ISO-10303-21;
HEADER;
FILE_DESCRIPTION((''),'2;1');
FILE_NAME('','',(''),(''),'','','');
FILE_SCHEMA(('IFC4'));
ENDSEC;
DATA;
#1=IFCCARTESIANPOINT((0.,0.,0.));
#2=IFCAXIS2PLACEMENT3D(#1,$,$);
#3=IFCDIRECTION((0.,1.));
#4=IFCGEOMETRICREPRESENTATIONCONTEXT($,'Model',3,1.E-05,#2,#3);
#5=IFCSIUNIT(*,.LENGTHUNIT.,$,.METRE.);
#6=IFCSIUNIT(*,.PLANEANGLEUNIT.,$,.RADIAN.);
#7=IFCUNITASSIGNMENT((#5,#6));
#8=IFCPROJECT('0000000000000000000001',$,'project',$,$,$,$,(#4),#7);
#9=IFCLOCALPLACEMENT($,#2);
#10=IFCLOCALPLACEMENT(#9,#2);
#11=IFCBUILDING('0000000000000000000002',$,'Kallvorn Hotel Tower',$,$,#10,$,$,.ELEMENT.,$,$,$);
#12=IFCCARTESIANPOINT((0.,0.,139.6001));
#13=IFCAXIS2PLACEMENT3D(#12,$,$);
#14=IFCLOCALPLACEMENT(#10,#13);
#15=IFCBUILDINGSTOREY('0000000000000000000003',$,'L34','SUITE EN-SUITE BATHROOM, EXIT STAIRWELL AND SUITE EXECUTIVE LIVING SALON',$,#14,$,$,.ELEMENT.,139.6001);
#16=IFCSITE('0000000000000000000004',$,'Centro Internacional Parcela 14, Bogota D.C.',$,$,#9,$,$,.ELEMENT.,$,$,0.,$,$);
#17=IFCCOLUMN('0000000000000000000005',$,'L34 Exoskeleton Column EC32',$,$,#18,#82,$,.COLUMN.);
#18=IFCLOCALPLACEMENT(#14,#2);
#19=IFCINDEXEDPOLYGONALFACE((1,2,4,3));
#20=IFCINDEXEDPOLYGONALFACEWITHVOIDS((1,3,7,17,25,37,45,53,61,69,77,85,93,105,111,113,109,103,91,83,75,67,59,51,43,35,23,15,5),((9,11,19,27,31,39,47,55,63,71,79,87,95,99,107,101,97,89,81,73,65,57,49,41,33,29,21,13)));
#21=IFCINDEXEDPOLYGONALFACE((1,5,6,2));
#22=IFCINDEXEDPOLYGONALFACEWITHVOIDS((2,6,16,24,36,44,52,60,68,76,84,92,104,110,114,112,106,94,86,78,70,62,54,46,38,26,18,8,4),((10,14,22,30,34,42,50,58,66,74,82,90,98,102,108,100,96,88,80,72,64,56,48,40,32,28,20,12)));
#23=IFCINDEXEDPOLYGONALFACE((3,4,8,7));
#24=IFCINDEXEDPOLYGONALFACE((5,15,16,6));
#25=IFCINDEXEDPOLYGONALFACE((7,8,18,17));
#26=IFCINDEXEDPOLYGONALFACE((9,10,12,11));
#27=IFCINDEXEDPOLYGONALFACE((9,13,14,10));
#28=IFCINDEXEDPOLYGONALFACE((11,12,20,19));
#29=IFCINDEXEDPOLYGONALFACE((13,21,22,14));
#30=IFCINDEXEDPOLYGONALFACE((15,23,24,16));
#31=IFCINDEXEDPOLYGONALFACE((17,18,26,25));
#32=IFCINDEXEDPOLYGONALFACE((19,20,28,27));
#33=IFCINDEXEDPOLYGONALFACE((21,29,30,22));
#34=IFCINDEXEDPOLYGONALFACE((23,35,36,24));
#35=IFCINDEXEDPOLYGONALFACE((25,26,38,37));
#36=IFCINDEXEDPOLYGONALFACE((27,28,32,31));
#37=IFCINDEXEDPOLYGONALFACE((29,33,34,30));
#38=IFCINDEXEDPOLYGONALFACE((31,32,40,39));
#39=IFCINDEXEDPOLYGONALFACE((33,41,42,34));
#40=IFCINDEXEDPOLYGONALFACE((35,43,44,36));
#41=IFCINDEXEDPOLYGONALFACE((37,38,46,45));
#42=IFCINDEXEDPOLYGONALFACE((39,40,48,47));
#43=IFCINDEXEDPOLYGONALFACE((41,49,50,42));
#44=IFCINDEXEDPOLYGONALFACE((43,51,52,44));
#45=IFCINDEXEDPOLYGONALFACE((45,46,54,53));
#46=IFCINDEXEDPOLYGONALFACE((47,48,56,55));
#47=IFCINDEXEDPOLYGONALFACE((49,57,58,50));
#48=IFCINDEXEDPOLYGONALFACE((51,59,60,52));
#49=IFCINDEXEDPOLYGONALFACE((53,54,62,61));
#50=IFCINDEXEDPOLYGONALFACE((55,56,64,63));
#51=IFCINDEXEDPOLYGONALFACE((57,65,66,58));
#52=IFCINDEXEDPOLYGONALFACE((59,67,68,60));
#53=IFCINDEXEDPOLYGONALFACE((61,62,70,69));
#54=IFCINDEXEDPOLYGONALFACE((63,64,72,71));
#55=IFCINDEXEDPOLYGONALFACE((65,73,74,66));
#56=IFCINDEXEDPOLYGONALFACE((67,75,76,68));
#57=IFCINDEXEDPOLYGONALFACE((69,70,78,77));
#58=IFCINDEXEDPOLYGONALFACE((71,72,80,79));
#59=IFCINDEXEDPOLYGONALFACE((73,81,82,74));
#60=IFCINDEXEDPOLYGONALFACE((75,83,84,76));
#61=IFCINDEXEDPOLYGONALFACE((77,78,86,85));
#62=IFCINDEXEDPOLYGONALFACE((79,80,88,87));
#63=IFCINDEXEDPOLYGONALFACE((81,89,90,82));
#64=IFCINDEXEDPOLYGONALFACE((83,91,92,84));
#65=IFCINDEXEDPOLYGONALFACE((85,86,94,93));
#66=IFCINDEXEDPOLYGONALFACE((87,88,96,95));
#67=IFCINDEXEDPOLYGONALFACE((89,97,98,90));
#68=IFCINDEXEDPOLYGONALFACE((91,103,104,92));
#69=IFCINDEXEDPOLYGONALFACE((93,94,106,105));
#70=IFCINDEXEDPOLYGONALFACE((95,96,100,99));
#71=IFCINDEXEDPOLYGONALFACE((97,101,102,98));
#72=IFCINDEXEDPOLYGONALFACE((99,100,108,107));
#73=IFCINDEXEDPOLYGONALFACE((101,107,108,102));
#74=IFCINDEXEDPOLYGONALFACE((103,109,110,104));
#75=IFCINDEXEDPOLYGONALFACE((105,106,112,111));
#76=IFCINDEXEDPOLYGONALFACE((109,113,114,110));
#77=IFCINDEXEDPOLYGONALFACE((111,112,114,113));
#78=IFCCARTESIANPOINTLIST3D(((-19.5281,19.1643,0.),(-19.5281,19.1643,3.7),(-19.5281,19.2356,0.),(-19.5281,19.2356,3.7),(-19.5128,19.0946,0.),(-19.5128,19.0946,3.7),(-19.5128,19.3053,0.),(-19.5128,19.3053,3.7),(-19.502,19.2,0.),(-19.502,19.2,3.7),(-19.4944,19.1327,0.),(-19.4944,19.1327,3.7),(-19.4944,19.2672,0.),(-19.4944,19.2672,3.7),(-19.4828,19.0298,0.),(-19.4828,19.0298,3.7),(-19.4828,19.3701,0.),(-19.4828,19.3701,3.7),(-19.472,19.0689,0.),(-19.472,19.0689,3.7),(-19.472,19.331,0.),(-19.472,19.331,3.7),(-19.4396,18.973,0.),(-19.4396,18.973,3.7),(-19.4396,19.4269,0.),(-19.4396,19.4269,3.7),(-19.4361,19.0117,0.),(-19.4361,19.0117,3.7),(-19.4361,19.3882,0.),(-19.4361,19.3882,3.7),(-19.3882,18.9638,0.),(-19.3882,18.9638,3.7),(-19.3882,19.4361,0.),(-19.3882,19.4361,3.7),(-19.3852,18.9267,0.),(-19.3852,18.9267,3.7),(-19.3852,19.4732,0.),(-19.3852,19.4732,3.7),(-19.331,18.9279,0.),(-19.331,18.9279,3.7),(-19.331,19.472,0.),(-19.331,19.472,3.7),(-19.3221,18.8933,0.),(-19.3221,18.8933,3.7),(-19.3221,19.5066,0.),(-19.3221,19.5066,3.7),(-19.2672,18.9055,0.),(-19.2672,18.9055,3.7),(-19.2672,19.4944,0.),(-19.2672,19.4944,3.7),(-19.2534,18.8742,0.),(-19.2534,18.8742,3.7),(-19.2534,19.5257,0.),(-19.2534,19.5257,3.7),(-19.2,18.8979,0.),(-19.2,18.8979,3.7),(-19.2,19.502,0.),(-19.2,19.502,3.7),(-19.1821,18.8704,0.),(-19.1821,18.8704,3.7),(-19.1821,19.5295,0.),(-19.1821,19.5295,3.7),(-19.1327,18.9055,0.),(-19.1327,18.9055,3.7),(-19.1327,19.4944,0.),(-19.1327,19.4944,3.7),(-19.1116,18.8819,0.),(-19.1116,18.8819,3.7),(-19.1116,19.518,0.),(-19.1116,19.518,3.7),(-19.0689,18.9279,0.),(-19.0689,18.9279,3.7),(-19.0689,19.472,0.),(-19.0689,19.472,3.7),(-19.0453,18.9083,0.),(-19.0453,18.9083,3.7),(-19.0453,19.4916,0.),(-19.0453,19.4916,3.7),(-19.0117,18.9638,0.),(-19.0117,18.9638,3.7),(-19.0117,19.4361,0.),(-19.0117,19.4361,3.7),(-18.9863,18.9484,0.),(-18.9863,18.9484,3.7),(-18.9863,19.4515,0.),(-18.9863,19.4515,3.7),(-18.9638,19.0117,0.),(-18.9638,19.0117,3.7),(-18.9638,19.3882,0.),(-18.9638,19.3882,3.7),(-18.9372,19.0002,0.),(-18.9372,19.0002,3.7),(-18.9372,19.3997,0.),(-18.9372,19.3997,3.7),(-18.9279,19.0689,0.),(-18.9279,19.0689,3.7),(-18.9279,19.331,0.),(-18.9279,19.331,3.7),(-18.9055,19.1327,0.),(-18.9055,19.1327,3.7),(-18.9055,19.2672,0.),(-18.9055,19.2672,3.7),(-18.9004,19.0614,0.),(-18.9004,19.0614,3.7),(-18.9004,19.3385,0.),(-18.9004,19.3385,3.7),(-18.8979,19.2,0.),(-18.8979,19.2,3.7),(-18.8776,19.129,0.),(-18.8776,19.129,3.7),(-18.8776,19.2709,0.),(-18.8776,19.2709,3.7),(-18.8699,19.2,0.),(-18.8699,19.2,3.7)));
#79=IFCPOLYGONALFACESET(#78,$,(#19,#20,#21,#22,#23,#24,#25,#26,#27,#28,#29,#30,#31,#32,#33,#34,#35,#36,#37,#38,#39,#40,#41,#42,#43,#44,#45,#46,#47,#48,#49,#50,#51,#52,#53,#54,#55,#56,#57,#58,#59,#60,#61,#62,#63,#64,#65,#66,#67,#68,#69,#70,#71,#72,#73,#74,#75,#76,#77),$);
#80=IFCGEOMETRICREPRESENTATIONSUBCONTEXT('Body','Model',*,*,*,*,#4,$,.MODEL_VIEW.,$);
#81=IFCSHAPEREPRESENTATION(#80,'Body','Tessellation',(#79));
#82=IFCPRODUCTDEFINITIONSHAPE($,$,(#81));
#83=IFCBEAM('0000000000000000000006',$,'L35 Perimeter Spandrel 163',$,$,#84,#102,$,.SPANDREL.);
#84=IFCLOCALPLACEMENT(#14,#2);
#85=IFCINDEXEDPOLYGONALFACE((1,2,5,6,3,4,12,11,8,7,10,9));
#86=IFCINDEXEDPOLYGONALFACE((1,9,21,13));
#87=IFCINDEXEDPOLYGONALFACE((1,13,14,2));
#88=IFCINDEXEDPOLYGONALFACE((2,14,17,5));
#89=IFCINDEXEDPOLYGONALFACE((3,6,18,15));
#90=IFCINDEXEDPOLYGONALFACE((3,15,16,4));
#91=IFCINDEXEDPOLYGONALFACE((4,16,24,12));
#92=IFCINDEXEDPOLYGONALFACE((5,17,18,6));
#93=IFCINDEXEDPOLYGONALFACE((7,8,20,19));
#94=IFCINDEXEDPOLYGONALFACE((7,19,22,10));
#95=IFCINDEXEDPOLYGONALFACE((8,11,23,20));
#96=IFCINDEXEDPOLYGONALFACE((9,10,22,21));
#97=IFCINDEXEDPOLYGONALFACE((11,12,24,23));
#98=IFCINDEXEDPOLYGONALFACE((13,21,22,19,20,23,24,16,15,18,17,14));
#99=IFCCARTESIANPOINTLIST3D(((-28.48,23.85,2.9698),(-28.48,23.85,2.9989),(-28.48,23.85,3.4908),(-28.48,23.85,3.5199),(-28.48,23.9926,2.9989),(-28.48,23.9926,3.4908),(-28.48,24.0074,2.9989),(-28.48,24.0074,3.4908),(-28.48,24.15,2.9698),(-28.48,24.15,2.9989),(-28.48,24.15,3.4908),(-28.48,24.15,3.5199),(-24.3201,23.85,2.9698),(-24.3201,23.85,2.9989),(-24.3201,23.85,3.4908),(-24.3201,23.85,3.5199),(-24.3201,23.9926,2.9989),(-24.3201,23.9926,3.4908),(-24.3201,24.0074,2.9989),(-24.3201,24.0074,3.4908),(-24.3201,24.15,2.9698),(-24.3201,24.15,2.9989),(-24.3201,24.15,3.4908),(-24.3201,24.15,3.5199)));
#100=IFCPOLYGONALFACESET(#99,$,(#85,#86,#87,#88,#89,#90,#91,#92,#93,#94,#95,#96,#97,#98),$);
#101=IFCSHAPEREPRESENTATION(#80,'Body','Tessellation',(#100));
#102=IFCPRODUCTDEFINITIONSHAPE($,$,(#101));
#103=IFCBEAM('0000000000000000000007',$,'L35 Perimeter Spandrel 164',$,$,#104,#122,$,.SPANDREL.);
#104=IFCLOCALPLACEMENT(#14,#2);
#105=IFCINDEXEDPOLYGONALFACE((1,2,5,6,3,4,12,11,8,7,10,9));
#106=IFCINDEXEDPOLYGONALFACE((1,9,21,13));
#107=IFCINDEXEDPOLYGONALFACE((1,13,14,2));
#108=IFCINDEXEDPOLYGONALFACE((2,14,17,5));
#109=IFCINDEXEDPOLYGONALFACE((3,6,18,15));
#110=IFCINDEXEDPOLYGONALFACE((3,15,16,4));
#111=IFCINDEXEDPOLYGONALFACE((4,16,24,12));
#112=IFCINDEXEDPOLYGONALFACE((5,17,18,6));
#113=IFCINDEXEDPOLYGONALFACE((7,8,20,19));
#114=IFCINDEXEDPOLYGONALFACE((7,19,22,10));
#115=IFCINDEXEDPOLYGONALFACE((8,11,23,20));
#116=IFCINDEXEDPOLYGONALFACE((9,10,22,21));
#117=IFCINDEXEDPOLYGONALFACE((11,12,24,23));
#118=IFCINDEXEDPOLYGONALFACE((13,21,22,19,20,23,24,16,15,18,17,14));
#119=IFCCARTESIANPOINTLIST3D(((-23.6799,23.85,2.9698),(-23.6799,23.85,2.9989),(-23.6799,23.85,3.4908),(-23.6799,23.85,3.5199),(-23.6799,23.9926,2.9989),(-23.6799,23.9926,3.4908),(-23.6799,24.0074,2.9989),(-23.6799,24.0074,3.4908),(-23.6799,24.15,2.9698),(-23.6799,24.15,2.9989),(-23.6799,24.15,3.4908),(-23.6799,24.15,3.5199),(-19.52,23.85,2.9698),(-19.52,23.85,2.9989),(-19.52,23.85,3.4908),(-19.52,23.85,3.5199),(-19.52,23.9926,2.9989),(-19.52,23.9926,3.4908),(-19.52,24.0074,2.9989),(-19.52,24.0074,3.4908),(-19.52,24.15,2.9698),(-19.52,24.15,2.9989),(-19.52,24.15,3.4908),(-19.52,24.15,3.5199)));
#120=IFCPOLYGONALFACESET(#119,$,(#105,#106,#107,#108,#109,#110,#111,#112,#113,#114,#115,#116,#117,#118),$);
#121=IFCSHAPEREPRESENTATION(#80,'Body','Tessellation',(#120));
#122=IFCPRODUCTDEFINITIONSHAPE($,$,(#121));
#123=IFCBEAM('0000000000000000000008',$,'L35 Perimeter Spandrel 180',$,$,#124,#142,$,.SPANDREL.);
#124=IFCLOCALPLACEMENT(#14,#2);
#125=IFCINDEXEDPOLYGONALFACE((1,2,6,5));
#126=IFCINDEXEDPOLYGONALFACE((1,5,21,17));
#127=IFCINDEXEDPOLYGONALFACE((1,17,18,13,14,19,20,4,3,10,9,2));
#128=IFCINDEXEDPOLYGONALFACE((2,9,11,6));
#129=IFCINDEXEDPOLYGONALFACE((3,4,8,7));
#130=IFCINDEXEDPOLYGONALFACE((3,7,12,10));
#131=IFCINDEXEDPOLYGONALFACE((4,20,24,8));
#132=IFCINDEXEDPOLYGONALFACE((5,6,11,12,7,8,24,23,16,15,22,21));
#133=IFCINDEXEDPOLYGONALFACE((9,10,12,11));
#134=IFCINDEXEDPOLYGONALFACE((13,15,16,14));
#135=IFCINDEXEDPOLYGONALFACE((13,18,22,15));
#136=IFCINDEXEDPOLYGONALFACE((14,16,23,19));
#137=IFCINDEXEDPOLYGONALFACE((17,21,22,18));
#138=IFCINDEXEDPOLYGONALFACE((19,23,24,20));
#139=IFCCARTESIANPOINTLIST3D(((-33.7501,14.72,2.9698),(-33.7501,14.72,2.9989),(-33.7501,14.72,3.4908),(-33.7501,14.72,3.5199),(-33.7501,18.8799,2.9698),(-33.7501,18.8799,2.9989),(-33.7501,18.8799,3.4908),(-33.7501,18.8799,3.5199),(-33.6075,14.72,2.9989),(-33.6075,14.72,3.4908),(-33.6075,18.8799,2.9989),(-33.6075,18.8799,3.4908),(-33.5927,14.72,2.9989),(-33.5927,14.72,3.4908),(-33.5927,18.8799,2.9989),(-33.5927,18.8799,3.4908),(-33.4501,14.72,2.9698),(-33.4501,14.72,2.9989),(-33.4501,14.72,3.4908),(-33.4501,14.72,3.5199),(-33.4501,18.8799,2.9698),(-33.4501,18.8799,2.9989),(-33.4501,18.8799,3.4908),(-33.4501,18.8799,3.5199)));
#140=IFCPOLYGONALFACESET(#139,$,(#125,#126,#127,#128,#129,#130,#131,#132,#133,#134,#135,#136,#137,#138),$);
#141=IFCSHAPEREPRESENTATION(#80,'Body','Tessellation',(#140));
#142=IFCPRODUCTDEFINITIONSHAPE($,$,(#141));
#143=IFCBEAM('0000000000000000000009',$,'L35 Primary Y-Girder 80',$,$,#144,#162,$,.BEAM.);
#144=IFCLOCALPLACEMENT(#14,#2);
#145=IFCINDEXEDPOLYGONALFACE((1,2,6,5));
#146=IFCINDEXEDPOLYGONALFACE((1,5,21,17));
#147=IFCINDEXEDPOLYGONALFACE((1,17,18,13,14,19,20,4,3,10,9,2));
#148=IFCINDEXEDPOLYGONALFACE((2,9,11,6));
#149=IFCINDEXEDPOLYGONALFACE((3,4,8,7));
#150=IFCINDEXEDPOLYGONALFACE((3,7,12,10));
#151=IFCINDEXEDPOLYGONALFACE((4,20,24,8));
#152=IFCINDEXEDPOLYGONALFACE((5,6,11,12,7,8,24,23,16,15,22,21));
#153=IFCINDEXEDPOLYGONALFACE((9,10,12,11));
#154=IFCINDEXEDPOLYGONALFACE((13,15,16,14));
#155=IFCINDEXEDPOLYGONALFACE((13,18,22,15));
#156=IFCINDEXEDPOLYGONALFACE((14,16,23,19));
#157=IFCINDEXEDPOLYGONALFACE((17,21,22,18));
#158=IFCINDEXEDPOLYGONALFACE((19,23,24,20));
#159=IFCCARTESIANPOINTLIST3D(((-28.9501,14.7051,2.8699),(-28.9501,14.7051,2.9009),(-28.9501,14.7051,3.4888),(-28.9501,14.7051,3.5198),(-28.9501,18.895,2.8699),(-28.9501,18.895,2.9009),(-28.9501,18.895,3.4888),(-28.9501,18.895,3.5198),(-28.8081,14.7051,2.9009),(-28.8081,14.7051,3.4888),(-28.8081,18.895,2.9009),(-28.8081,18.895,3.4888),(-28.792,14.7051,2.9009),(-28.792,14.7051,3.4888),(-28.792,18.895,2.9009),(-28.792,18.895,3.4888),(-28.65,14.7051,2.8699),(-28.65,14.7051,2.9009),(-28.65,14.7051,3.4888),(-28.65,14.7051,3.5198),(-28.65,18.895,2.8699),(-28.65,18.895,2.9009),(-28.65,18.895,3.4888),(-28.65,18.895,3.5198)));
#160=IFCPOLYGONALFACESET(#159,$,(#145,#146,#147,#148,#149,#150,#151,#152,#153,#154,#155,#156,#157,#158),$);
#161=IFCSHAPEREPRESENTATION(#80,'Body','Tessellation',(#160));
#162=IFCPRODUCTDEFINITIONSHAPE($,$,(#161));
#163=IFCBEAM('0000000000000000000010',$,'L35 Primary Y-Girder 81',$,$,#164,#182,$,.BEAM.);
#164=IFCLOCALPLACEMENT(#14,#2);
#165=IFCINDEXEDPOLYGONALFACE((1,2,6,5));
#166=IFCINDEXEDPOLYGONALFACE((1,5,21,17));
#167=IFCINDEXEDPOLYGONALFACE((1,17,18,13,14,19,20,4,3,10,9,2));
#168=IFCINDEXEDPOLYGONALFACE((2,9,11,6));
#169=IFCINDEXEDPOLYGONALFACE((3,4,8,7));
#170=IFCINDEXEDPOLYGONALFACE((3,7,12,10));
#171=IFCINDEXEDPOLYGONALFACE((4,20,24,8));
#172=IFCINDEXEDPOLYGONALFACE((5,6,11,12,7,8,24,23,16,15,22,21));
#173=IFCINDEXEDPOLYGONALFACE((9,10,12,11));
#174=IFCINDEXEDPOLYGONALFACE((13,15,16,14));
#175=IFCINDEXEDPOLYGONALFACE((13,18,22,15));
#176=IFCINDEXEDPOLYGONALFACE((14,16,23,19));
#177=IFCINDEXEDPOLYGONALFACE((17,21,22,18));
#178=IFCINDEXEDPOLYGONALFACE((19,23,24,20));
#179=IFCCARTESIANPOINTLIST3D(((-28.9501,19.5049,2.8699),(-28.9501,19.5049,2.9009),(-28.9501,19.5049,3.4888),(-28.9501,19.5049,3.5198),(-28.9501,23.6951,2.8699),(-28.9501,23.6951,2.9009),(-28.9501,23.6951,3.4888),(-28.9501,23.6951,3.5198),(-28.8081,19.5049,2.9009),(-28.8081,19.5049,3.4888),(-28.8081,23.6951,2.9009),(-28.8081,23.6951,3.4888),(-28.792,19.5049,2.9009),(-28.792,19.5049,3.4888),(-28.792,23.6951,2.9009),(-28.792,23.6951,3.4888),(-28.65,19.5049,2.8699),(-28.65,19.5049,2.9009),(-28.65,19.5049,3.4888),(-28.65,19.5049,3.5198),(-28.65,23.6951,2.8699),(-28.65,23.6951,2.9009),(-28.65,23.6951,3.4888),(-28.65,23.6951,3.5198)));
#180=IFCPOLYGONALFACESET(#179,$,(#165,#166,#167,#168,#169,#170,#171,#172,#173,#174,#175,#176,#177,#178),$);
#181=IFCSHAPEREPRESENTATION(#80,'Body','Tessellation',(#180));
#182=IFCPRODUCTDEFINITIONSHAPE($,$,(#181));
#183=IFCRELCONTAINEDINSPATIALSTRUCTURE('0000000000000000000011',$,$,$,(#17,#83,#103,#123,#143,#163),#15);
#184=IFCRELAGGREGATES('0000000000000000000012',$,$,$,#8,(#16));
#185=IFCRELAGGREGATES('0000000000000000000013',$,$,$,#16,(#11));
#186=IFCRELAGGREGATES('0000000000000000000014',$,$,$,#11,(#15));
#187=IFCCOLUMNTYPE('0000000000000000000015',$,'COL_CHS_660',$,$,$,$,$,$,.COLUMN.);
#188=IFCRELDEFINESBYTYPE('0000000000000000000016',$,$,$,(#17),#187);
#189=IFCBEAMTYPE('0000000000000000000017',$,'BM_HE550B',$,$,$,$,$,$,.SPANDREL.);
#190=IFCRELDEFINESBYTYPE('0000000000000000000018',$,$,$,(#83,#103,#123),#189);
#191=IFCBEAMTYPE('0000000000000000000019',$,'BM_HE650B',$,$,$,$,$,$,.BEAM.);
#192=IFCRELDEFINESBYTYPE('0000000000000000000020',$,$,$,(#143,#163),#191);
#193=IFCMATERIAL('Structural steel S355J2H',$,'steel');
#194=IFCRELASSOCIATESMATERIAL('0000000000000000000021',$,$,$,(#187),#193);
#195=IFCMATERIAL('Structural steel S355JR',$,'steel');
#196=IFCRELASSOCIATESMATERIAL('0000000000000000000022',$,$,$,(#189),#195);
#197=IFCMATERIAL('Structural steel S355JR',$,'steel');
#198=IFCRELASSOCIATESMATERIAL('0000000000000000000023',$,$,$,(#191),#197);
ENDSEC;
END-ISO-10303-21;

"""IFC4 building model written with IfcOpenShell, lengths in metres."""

from ifc_helpers import new_model, si_unit, direction, frame, origin, origin_2d, place, context, subcontext, project, spatial, hollow_circle, i_section, extrude, material, material_profile, profile_set, type_object, element, save


model = new_model("IFC4")

# Units and contexts
model_context = context("Model", 3, precision=1e-05, world=origin(), true_north=direction((0.0, 1.0)))
body_context = subcontext(model_context, "Body", "Model", "MODEL_VIEW")
ifc_project = project(units=[si_unit("LENGTHUNIT", "METRE"), si_unit("PLANEANGLEUNIT", "RADIAN")], contexts=[model_context])

# Site, building, storey
site_placement = place(None, origin())
site = spatial("IfcSite", under=ifc_project, at=site_placement, Name="Centro Internacional Parcela 14, Bogota D.C.", CompositionType="ELEMENT", RefElevation=0.0)
building_placement = place(site_placement, origin())
building = spatial("IfcBuilding", under=site, at=building_placement, Name="Kallvorn Hotel Tower", CompositionType="ELEMENT")
storey_placement = place(building_placement, frame((0.0, 0.0, 139.6001)))
storey = spatial("IfcBuildingStorey", under=building, at=storey_placement, Name="L34", Description="SUITE EN-SUITE BATHROOM, EXIT STAIRWELL AND SUITE EXECUTIVE LIVING SALON", CompositionType="ELEMENT", Elevation=139.6001)

# Column
ifc_material_1 = material(Name="Structural steel S355J2H", Category="steel")
ifc_material_profile_1 = material_profile(ifc_material_1, hollow_circle(Radius=0.3301, WallThickness=0.0281, at=origin_2d()), Name="CHS 660x28")
ifc_profile_set_1 = profile_set([ifc_material_profile_1], Name="Structural steel S355J2H")
column_type = type_object("IfcColumnType", Name="COL_CHS_660", PredefinedType="COLUMN", material=ifc_profile_set_1)
for number, where, z_axis, x_axis, name in (
    (1, (-19.2, 19.2, 0.0), (0.0, 0.0, 1.0), (1.0, 0.0, 0.0), "L34 Exoskeleton Column EC32"),
):
    element("IfcColumn", number, at=place(storey_placement, frame(where, z_axis=z_axis, x_axis=x_axis)), inside=storey, type_object=column_type, Name=name, PredefinedType="COLUMN", context=body_context, shape_type="SweptSolid", body=[
        extrude(hollow_circle(Radius=0.3301, WallThickness=0.0281, at=origin_2d()), origin(), (0.0, 0.0, 1.0), 3.7),
    ])

# Beams
ifc_material_2 = material(Name="Structural steel S355JR", Category="steel")
ifc_material_profile_2 = material_profile(ifc_material_2, i_section(OverallWidth=0.3, OverallDepth=0.55, WebThickness=0.0149, FlangeThickness=0.0291, at=origin_2d()), Name="HE 550 B")
ifc_profile_set_2 = profile_set([ifc_material_profile_2], Name="Structural steel S355JR")
beam_type_1 = type_object("IfcBeamType", Name="BM_HE550B", PredefinedType="SPANDREL", material=ifc_profile_set_2)
for number, where, z_axis, x_axis, name in (
    (2, (-28.48, 24.0, 3.2449), (1.0, 0.0, 0.0), (0.0, 1.0, 0.0), "L35 Perimeter Spandrel 163"),
    (3, (-23.6799, 24.0, 3.2449), (1.0, 0.0, 0.0), (0.0, 1.0, 0.0), "L35 Perimeter Spandrel 164"),
    (4, (-33.6001, 14.72, 3.2449), (0.0, 1.0, 0.0), (-1.0, 0.0, 0.0), "L35 Perimeter Spandrel 180"),
):
    element("IfcBeam", number, at=place(storey_placement, frame(where, z_axis=z_axis, x_axis=x_axis)), inside=storey, type_object=beam_type_1, Name=name, PredefinedType="SPANDREL", context=body_context, shape_type="SweptSolid", body=[
        extrude(i_section(OverallWidth=0.3, OverallDepth=0.55, WebThickness=0.0149, FlangeThickness=0.0291, at=origin_2d()), origin(), (0.0, 0.0, 1.0), 4.1599),
    ])
ifc_material_3 = material(Name="Structural steel S355JR", Category="steel")
ifc_material_profile_3 = material_profile(ifc_material_3, i_section(OverallWidth=0.3, OverallDepth=0.6499, WebThickness=0.0161, FlangeThickness=0.031, at=origin_2d()), Name="HE 650 B")
ifc_profile_set_3 = profile_set([ifc_material_profile_3], Name="Structural steel S355JR")
beam_type_2 = type_object("IfcBeamType", Name="BM_HE650B", PredefinedType="BEAM", material=ifc_profile_set_3)
beam_1_placement = place(storey_placement, frame((-28.8, 14.7051, 3.1948), z_axis=(0.0, 1.0, 0.0), x_axis=(-1.0, 0.0, 0.0)))
element("IfcBeam", 5, at=beam_1_placement, inside=storey, type_object=beam_type_2, Name="L35 Primary Y-Girder 80", PredefinedType="BEAM", context=body_context, shape_type="SweptSolid", body=[
    extrude(i_section(OverallWidth=0.3, OverallDepth=0.6499, WebThickness=0.0161, FlangeThickness=0.031, at=origin_2d()), origin(), (0.0, 0.0, 1.0), 4.1899),
])
beam_2_placement = place(storey_placement, frame((-28.8, 19.5049, 3.1948), z_axis=(0.0, 1.0, 0.0), x_axis=(-1.0, 0.0, 0.0)))
element("IfcBeam", 6, at=beam_2_placement, inside=storey, type_object=beam_type_2, Name="L35 Primary Y-Girder 81", PredefinedType="BEAM", context=body_context, shape_type="SweptSolid", body=[
    extrude(i_section(OverallWidth=0.3, OverallDepth=0.6499, WebThickness=0.0161, FlangeThickness=0.031, at=origin_2d()), origin(), (0.0, 0.0, 1.0), 4.1902),
])

save(model, "model.ifc")
